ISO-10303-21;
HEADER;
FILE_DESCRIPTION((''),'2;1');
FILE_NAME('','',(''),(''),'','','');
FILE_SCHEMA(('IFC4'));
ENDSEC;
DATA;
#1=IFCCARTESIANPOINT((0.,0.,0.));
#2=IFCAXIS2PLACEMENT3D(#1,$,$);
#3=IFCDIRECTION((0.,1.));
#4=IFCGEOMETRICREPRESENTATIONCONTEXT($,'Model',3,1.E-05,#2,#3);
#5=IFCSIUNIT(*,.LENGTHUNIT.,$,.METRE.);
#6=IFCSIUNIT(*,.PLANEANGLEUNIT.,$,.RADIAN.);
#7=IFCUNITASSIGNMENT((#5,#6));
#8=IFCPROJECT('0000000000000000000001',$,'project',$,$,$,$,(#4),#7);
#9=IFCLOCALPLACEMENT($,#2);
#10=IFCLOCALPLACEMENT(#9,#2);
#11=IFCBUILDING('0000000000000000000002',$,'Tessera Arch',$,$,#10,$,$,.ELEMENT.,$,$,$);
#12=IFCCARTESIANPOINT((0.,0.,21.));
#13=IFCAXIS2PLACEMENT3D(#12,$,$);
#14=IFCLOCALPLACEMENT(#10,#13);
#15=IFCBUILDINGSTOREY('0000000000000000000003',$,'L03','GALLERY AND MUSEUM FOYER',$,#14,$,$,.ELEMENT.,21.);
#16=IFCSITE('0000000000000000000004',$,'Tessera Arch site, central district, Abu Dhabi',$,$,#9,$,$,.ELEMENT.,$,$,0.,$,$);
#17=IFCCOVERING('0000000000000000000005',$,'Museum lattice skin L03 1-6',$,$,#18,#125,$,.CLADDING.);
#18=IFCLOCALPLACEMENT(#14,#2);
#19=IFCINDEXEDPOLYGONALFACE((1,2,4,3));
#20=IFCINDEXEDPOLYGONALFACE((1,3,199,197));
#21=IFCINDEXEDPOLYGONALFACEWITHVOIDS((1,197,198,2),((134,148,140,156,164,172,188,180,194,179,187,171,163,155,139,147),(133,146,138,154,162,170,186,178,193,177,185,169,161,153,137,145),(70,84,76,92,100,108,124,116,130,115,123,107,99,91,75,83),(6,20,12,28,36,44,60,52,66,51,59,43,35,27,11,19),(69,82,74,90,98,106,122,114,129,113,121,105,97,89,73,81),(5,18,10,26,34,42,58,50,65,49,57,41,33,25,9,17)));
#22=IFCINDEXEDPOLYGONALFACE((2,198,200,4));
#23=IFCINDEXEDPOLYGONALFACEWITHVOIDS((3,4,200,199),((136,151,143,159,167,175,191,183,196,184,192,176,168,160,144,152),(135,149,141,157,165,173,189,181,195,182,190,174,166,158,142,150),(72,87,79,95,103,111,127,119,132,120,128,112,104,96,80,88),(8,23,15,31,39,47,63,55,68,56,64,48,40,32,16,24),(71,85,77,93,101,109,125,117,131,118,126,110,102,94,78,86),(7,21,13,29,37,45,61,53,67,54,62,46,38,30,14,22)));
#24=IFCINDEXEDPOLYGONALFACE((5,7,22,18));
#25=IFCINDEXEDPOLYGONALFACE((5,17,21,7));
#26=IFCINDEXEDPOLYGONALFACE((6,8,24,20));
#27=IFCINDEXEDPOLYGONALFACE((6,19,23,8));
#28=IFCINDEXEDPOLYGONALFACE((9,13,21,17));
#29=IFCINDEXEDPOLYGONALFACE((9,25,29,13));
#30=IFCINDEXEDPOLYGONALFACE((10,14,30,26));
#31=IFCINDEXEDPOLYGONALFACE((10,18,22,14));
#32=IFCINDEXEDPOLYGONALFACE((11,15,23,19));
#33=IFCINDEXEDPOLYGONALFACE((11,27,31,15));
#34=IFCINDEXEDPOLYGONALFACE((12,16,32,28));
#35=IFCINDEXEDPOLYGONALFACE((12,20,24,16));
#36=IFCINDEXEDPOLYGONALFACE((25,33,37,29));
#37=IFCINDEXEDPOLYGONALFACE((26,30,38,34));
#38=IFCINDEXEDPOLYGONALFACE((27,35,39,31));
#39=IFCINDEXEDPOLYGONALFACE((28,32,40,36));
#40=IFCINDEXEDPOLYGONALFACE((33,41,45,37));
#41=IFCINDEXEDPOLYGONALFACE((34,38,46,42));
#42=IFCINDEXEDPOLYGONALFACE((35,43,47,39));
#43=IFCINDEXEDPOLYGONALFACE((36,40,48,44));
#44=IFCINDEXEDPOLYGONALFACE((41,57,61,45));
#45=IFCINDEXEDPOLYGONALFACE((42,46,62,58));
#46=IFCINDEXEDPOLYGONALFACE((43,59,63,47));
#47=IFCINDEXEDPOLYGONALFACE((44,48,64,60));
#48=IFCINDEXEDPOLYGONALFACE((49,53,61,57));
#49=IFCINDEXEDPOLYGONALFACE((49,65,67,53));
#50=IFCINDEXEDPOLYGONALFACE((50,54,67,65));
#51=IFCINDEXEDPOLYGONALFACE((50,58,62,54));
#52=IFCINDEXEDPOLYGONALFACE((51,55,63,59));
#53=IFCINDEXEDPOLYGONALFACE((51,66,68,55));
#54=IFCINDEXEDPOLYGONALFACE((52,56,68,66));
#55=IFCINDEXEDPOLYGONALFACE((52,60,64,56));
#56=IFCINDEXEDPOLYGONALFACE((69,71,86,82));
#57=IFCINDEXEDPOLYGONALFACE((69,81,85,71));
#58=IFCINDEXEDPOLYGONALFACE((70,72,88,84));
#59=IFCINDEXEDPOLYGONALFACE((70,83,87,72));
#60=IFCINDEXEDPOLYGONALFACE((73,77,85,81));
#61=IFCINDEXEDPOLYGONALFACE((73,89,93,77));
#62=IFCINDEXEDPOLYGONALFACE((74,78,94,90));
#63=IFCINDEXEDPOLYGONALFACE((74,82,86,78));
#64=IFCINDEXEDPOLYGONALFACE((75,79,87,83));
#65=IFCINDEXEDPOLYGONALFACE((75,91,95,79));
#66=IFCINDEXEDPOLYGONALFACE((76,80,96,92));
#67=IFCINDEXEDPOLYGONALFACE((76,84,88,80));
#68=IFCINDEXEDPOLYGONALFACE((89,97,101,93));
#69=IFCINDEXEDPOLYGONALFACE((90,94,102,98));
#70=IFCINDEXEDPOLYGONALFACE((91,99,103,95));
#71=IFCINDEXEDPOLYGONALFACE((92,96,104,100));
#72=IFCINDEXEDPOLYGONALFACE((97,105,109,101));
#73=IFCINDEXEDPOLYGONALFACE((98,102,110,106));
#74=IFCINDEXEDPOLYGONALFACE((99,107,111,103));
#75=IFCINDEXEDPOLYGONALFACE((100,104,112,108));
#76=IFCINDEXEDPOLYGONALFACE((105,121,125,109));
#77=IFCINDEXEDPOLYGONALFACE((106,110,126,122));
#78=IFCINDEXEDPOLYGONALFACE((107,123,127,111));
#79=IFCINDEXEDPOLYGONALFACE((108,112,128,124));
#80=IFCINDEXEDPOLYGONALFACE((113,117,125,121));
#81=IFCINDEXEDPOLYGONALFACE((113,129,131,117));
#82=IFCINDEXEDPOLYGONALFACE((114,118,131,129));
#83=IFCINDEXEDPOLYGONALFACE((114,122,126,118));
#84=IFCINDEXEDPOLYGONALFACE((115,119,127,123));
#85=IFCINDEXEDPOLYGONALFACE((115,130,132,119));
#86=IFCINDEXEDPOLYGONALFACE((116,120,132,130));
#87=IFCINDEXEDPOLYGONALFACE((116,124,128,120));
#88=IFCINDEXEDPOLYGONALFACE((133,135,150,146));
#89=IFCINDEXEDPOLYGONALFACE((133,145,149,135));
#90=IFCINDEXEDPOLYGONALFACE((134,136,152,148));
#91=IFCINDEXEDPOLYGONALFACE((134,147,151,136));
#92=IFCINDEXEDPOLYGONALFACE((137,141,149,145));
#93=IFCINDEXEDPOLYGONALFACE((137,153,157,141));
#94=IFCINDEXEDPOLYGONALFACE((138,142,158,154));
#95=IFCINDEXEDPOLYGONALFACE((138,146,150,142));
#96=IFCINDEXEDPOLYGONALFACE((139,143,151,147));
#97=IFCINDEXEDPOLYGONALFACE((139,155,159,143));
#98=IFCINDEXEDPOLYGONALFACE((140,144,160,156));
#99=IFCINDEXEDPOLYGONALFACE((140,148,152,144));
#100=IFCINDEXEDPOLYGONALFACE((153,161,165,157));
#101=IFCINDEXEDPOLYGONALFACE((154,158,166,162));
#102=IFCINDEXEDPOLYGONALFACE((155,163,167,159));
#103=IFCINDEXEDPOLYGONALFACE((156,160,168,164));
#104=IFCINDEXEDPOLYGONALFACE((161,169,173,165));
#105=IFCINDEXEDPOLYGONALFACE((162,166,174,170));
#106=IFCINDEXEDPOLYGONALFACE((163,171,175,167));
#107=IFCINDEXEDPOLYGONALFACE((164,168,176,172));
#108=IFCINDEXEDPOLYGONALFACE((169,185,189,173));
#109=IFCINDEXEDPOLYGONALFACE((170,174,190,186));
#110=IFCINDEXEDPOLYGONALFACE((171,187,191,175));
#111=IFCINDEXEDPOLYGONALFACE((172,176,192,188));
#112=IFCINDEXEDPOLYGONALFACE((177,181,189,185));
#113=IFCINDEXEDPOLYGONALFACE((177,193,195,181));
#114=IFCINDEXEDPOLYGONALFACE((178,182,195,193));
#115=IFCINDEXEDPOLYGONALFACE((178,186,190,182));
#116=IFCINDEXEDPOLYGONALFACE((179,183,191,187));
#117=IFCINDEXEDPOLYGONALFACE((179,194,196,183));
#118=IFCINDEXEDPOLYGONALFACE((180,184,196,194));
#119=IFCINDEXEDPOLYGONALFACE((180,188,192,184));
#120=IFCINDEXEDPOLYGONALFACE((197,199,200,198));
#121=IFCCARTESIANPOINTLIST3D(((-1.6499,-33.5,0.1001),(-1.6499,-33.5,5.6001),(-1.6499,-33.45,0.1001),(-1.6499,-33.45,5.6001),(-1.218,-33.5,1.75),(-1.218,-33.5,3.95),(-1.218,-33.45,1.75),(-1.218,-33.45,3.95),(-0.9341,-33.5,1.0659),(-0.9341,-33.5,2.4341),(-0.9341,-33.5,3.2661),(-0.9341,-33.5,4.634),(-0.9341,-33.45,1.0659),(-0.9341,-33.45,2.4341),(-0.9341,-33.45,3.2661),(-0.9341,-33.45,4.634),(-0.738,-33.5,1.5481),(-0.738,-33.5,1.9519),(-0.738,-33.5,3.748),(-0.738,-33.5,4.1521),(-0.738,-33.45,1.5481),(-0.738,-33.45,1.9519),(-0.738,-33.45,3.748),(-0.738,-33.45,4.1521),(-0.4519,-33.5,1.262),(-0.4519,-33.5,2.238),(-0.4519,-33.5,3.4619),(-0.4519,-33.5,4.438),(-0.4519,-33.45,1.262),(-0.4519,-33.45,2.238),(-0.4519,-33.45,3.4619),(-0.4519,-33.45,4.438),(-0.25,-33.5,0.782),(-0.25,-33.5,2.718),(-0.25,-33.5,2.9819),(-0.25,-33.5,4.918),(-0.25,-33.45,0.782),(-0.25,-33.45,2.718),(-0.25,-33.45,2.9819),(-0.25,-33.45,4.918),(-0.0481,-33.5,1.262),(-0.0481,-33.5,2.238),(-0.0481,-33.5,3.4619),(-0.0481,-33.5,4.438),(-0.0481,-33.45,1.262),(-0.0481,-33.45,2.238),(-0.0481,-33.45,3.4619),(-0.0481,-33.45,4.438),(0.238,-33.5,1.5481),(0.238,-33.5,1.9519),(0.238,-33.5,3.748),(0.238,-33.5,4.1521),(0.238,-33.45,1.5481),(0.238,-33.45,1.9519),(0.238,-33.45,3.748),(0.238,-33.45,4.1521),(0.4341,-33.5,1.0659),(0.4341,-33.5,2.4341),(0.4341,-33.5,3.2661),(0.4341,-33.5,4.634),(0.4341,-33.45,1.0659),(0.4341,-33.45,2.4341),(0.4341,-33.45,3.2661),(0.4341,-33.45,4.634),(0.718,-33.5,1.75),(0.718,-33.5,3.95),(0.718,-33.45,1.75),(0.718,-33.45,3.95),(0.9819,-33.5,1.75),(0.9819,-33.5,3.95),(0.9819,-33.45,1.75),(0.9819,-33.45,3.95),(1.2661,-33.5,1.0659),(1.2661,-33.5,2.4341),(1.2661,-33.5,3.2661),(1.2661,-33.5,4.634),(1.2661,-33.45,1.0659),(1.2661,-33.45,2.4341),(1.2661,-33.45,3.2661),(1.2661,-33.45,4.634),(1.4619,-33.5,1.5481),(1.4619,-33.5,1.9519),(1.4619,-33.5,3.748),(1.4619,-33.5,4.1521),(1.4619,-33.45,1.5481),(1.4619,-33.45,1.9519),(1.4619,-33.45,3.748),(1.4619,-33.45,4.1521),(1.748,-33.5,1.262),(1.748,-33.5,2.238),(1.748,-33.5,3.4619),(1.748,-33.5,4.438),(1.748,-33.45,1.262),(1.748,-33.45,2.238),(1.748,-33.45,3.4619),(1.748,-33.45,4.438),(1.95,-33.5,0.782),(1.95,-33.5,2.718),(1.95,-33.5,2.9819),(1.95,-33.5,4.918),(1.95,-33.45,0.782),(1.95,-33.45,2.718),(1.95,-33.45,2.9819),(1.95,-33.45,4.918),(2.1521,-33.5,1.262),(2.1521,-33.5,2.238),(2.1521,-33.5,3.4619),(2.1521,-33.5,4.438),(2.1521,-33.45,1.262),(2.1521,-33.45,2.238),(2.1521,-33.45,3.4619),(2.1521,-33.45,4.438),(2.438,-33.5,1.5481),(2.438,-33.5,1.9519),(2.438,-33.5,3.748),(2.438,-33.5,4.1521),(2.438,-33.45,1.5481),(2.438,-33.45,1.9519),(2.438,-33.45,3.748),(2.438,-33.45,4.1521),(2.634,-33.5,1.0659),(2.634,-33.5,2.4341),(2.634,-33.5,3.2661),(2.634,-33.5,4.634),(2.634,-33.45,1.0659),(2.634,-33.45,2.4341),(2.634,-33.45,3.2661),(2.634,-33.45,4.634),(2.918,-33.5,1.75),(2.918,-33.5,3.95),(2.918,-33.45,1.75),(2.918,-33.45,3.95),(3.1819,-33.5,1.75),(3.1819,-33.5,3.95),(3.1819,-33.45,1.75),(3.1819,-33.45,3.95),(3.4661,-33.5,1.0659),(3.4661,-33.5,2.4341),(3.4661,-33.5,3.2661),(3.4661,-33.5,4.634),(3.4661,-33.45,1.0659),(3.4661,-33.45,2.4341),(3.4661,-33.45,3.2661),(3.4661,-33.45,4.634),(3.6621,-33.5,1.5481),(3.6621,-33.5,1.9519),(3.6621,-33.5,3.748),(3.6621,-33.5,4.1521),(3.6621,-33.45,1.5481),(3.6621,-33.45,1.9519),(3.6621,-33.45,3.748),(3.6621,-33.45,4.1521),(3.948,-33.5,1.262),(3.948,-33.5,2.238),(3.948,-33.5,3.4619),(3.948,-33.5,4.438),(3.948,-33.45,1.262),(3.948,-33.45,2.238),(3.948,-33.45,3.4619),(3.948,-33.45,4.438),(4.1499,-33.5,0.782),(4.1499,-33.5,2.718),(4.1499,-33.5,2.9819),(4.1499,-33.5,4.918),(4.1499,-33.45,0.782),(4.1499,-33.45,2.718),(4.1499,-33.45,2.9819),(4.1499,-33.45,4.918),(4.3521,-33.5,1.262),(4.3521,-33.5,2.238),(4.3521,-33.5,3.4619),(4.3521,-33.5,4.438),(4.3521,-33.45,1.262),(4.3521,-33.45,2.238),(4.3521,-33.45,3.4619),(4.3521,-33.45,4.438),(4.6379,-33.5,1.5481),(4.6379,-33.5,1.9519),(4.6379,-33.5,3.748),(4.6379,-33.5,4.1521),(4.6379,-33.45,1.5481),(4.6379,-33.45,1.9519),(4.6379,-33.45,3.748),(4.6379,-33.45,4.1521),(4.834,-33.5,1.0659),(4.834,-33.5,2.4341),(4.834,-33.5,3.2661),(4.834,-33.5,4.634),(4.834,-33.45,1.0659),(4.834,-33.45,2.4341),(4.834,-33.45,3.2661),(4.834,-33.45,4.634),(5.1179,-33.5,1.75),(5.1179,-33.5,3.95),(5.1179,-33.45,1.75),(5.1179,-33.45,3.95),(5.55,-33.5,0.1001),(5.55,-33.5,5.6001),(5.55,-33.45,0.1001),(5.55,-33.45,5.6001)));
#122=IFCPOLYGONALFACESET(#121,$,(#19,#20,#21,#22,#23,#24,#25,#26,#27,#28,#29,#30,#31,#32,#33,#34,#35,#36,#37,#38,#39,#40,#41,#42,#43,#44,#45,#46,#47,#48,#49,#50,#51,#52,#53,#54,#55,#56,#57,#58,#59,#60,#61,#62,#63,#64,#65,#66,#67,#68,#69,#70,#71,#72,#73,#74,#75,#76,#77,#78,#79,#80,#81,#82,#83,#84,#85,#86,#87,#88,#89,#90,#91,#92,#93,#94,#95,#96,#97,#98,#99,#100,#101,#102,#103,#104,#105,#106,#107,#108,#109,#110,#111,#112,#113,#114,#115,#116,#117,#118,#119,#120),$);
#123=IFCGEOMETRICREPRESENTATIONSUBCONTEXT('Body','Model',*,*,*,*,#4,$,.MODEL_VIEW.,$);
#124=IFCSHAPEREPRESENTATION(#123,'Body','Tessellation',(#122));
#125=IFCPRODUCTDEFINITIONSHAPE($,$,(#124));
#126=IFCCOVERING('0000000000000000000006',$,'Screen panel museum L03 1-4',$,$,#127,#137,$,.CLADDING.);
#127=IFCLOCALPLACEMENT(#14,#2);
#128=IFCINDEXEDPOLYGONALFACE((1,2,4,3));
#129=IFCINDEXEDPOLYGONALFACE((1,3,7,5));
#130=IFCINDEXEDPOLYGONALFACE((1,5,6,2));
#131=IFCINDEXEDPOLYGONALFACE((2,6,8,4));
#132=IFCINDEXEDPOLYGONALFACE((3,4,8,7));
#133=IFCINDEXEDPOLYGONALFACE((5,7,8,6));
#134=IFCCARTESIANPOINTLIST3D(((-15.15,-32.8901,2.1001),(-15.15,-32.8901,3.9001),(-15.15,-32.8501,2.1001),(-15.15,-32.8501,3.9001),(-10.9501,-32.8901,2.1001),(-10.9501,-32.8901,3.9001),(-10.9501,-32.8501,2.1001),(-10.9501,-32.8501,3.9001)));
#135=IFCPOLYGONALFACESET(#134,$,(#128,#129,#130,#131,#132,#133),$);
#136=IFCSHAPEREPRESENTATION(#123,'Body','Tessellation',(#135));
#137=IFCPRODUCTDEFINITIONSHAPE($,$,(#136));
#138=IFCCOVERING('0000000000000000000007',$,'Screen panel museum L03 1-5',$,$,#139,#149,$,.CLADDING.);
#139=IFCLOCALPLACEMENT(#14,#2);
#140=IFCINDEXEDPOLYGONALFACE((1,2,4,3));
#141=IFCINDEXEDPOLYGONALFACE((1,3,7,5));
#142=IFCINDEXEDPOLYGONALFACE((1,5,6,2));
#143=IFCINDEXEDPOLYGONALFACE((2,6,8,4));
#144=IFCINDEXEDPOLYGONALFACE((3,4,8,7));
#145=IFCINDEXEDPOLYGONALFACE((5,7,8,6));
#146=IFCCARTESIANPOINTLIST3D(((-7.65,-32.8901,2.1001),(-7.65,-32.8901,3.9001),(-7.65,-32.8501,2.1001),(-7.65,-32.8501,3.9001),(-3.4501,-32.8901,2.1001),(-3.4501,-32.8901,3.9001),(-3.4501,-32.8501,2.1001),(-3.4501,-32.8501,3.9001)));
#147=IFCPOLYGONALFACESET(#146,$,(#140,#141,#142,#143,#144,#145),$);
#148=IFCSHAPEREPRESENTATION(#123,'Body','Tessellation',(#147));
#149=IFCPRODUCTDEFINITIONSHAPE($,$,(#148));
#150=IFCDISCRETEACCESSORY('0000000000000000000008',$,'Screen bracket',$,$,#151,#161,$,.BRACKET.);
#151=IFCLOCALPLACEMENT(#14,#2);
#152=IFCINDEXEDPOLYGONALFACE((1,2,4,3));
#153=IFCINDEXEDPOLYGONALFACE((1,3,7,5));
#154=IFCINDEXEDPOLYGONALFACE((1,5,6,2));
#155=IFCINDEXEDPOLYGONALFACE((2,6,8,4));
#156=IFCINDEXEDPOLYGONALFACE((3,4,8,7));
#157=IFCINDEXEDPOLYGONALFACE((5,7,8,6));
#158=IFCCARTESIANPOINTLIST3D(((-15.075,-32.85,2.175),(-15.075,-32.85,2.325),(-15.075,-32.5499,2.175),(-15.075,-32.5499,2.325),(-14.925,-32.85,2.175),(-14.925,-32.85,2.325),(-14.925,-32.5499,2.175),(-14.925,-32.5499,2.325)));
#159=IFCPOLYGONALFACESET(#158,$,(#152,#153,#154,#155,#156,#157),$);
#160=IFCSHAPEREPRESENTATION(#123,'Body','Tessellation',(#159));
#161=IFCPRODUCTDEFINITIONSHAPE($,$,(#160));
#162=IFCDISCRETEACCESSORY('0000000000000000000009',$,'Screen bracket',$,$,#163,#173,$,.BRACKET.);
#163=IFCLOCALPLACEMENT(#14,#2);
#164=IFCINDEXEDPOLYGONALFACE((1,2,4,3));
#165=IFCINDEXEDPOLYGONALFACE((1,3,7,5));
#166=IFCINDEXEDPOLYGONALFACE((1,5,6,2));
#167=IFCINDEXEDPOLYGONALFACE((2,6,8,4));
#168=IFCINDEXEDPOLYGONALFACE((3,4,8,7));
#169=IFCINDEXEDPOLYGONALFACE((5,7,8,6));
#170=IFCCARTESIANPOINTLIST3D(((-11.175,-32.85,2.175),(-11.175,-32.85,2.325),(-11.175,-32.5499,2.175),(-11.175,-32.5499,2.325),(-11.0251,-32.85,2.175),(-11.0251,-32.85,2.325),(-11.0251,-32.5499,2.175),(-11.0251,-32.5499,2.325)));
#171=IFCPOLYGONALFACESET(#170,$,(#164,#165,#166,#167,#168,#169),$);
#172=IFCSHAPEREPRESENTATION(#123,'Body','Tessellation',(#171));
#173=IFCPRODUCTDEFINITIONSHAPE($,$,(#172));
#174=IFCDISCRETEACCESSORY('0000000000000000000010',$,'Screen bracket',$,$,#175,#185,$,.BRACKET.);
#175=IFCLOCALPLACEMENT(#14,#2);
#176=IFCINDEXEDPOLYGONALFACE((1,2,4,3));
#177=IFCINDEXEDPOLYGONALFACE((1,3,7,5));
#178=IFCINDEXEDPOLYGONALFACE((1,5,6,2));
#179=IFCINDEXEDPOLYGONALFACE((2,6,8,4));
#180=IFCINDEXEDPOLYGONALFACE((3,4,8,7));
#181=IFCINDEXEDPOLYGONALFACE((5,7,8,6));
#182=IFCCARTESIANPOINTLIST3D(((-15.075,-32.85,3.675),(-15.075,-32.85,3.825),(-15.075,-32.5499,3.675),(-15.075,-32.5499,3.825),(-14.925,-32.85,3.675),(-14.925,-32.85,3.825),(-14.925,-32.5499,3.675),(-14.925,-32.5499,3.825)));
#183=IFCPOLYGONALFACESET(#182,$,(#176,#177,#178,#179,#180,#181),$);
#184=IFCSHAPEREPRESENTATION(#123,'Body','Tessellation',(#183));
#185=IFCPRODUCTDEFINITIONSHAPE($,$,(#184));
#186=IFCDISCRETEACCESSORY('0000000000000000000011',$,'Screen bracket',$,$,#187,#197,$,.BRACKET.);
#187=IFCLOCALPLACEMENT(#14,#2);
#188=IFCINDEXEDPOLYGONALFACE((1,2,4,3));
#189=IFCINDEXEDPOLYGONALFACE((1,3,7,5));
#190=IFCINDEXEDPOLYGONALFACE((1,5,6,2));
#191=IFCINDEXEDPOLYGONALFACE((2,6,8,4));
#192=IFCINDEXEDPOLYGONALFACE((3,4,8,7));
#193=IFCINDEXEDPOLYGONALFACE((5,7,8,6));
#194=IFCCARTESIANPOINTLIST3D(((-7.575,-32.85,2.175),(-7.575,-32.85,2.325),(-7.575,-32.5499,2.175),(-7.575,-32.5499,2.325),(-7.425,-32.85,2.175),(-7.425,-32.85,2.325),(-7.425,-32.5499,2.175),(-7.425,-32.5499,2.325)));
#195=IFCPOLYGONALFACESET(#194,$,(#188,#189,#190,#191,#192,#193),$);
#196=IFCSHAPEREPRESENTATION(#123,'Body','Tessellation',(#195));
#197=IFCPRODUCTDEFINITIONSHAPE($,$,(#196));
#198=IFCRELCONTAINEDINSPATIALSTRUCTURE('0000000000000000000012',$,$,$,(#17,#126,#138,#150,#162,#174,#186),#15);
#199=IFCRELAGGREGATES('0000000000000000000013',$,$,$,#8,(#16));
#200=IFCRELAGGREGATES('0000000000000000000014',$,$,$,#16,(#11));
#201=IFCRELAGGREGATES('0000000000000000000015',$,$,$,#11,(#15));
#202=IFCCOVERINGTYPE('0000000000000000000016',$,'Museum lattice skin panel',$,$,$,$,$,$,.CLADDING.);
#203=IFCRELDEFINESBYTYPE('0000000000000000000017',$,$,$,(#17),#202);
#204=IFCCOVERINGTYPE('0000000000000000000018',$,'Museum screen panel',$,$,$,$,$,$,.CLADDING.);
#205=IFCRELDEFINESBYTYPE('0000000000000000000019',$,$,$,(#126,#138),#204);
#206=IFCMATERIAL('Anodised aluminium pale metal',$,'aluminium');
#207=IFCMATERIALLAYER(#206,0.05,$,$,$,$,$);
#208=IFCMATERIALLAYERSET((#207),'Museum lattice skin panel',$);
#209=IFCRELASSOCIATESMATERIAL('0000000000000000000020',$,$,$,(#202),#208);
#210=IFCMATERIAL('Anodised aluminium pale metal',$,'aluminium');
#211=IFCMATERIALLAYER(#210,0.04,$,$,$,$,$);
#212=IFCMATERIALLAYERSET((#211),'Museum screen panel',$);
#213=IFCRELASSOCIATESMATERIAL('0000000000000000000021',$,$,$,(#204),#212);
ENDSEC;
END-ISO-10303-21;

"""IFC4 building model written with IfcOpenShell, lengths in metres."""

from ifc_helpers import new_model, si_unit, direction, frame, origin, origin_2d, place, context, subcontext, project, spatial, polyline, rectangle, outline, extrude, material, layer, layer_set, type_object, element, save


model = new_model("IFC4")

# Units and contexts
model_context = context("Model", 3, precision=1e-05, world=origin(), true_north=direction((0.0, 1.0)))
body_context = subcontext(model_context, "Body", "Model", "MODEL_VIEW")
ifc_project = project(units=[si_unit("LENGTHUNIT", "METRE"), si_unit("PLANEANGLEUNIT", "RADIAN")], contexts=[model_context])

# Site, building, storey
site_placement = place(None, origin())
site = spatial("IfcSite", under=ifc_project, at=site_placement, Name="Tessera Arch site, central district, Abu Dhabi", CompositionType="ELEMENT", RefElevation=0.0)
building_placement = place(site_placement, origin())
building = spatial("IfcBuilding", under=site, at=building_placement, Name="Tessera Arch", CompositionType="ELEMENT")
storey_placement = place(building_placement, frame((0.0, 0.0, 21.0)))
storey = spatial("IfcBuildingStorey", under=building, at=storey_placement, Name="L03", Description="GALLERY AND MUSEUM FOYER", CompositionType="ELEMENT", Elevation=21.0)

# Coverings
ifc_material_1 = material(Name="Anodised aluminium pale metal", Category="aluminium")
ifc_layer_1 = layer(ifc_material_1, 0.05)
ifc_layer_set_1 = layer_set([ifc_layer_1], Name="Museum lattice skin panel")
covering_type_1 = type_object("IfcCoveringType", Name="Museum lattice skin panel", PredefinedType="CLADDING", material=ifc_layer_set_1)
covering_1_placement = place(storey_placement, frame((-1.6499, -33.45, 5.6001), z_axis=(0.0, 1.0, 0.0), x_axis=(1.0, 0.0, 0.0)))
element("IfcCovering", 1, at=covering_1_placement, inside=storey, type_object=covering_type_1, Name="Museum lattice skin L03 1-6", PredefinedType="CLADDING", context=body_context, shape_type="SweptSolid", body=[
    extrude(outline(polyline([(0.0, 0.0), (7.2, 0.0), (7.2, 5.5), (0.0, 5.5), (0.0, 0.0)]), holes=[polyline([(2.3679, 3.8501), (1.8879, 3.6482), (2.084, 3.166), (1.6018, 3.3621), (1.3999, 2.8821), (1.198, 3.3621), (0.7158, 3.166), (0.9119, 3.6482), (0.4319, 3.8501), (0.9119, 4.052), (0.7158, 4.5342), (1.198, 4.3381), (1.3999, 4.8181), (1.6018, 4.3381), (2.084, 4.5342), (1.8879, 4.052), (2.3679, 3.8501)]), polyline([(2.3679, 1.6501), (1.8879, 1.448), (2.084, 0.9661), (1.6018, 1.1621), (1.3999, 0.6821), (1.198, 1.1621), (0.7158, 0.9661), (0.9119, 1.448), (0.4319, 1.6501), (0.9119, 1.8521), (0.7158, 2.334), (1.198, 2.1382), (1.3999, 2.6182), (1.6018, 2.1382), (2.084, 2.334), (1.8879, 1.8521), (2.3679, 1.6501)]), polyline([(4.5679, 3.8501), (4.0879, 3.6482), (4.2839, 3.166), (3.802, 3.3621), (3.5999, 2.8821), (3.3979, 3.3621), (2.916, 3.166), (3.1118, 3.6482), (2.6318, 3.8501), (3.1118, 4.052), (2.916, 4.5342), (3.3979, 4.3381), (3.5999, 4.8181), (3.802, 4.3381), (4.2839, 4.5342), (4.0879, 4.052), (4.5679, 3.8501)]), polyline([(4.5679, 1.6501), (4.0879, 1.448), (4.2839, 0.9661), (3.802, 1.1621), (3.5999, 0.6821), (3.3979, 1.1621), (2.916, 0.9661), (3.1118, 1.448), (2.6318, 1.6501), (3.1118, 1.8521), (2.916, 2.334), (3.3979, 2.1382), (3.5999, 2.6182), (3.802, 2.1382), (4.2839, 2.334), (4.0879, 1.8521), (4.5679, 1.6501)]), polyline([(6.7678, 3.8501), (6.2878, 3.6482), (6.4839, 3.166), (6.002, 3.3621), (5.7998, 2.8821), (5.5979, 3.3621), (5.116, 3.166), (5.312, 3.6482), (4.8318, 3.8501), (5.312, 4.052), (5.116, 4.5342), (5.5979, 4.3381), (5.7998, 4.8181), (6.002, 4.3381), (6.4839, 4.5342), (6.2878, 4.052), (6.7678, 3.8501)]), polyline([(6.7678, 1.6501), (6.2878, 1.448), (6.4839, 0.9661), (6.002, 1.1621), (5.7998, 0.6821), (5.5979, 1.1621), (5.116, 0.9661), (5.312, 1.448), (4.8318, 1.6501), (5.312, 1.8521), (5.116, 2.334), (5.5979, 2.1382), (5.7998, 2.6182), (6.002, 2.1382), (6.4839, 2.334), (6.2878, 1.8521), (6.7678, 1.6501)])]), origin(), (0.0, 0.0, -1.0), 0.05),
])
ifc_material_2 = material(Name="Anodised aluminium pale metal", Category="aluminium")
ifc_layer_2 = layer(ifc_material_2, 0.04)
ifc_layer_set_2 = layer_set([ifc_layer_2], Name="Museum screen panel")
covering_type_2 = type_object("IfcCoveringType", Name="Museum screen panel", PredefinedType="CLADDING", material=ifc_layer_set_2)
for number, where, z_axis, x_axis, name in (
    (2, (-13.05, -32.8701, 2.1001), (0.0, 0.0, 1.0), (1.0, 0.0, 0.0), "Screen panel museum L03 1-4"),
    (3, (-5.55, -32.8701, 2.1001), (0.0, 0.0, 1.0), (1.0, 0.0, 0.0), "Screen panel museum L03 1-5"),
):
    element("IfcCovering", number, at=place(storey_placement, frame(where, z_axis=z_axis, x_axis=x_axis)), inside=storey, type_object=covering_type_2, Name=name, PredefinedType="CLADDING", context=body_context, shape_type="SweptSolid", body=[
        extrude(rectangle(XDim=4.2, YDim=0.04, at=origin_2d()), origin(), (0.0, 0.0, 1.0), 1.8),
    ])

# Discrete accessories
for number, where, z_axis, x_axis, name in (
    (4, (-15.0, -32.7, 2.175), (0.0, 0.0, 1.0), (0.0, -1.0, 0.0), "Screen bracket"),
    (5, (-11.1001, -32.7, 2.175), (0.0, 0.0, 1.0), (0.0, -1.0, 0.0), "Screen bracket"),
    (6, (-15.0, -32.7, 3.675), (0.0, 0.0, 1.0), (0.0, -1.0, 0.0), "Screen bracket"),
    (7, (-7.5, -32.7, 2.175), (0.0, 0.0, 1.0), (0.0, -1.0, 0.0), "Screen bracket"),
):
    element("IfcDiscreteAccessory", number, at=place(storey_placement, frame(where, z_axis=z_axis, x_axis=x_axis)), inside=storey, Name=name, PredefinedType="BRACKET", context=body_context, shape_type="SweptSolid", body=[
        extrude(rectangle(XDim=0.3, YDim=0.1499, at=origin_2d()), origin(), (0.0, 0.0, 1.0), 0.1499),
    ])

save(model, "model.ifc")
